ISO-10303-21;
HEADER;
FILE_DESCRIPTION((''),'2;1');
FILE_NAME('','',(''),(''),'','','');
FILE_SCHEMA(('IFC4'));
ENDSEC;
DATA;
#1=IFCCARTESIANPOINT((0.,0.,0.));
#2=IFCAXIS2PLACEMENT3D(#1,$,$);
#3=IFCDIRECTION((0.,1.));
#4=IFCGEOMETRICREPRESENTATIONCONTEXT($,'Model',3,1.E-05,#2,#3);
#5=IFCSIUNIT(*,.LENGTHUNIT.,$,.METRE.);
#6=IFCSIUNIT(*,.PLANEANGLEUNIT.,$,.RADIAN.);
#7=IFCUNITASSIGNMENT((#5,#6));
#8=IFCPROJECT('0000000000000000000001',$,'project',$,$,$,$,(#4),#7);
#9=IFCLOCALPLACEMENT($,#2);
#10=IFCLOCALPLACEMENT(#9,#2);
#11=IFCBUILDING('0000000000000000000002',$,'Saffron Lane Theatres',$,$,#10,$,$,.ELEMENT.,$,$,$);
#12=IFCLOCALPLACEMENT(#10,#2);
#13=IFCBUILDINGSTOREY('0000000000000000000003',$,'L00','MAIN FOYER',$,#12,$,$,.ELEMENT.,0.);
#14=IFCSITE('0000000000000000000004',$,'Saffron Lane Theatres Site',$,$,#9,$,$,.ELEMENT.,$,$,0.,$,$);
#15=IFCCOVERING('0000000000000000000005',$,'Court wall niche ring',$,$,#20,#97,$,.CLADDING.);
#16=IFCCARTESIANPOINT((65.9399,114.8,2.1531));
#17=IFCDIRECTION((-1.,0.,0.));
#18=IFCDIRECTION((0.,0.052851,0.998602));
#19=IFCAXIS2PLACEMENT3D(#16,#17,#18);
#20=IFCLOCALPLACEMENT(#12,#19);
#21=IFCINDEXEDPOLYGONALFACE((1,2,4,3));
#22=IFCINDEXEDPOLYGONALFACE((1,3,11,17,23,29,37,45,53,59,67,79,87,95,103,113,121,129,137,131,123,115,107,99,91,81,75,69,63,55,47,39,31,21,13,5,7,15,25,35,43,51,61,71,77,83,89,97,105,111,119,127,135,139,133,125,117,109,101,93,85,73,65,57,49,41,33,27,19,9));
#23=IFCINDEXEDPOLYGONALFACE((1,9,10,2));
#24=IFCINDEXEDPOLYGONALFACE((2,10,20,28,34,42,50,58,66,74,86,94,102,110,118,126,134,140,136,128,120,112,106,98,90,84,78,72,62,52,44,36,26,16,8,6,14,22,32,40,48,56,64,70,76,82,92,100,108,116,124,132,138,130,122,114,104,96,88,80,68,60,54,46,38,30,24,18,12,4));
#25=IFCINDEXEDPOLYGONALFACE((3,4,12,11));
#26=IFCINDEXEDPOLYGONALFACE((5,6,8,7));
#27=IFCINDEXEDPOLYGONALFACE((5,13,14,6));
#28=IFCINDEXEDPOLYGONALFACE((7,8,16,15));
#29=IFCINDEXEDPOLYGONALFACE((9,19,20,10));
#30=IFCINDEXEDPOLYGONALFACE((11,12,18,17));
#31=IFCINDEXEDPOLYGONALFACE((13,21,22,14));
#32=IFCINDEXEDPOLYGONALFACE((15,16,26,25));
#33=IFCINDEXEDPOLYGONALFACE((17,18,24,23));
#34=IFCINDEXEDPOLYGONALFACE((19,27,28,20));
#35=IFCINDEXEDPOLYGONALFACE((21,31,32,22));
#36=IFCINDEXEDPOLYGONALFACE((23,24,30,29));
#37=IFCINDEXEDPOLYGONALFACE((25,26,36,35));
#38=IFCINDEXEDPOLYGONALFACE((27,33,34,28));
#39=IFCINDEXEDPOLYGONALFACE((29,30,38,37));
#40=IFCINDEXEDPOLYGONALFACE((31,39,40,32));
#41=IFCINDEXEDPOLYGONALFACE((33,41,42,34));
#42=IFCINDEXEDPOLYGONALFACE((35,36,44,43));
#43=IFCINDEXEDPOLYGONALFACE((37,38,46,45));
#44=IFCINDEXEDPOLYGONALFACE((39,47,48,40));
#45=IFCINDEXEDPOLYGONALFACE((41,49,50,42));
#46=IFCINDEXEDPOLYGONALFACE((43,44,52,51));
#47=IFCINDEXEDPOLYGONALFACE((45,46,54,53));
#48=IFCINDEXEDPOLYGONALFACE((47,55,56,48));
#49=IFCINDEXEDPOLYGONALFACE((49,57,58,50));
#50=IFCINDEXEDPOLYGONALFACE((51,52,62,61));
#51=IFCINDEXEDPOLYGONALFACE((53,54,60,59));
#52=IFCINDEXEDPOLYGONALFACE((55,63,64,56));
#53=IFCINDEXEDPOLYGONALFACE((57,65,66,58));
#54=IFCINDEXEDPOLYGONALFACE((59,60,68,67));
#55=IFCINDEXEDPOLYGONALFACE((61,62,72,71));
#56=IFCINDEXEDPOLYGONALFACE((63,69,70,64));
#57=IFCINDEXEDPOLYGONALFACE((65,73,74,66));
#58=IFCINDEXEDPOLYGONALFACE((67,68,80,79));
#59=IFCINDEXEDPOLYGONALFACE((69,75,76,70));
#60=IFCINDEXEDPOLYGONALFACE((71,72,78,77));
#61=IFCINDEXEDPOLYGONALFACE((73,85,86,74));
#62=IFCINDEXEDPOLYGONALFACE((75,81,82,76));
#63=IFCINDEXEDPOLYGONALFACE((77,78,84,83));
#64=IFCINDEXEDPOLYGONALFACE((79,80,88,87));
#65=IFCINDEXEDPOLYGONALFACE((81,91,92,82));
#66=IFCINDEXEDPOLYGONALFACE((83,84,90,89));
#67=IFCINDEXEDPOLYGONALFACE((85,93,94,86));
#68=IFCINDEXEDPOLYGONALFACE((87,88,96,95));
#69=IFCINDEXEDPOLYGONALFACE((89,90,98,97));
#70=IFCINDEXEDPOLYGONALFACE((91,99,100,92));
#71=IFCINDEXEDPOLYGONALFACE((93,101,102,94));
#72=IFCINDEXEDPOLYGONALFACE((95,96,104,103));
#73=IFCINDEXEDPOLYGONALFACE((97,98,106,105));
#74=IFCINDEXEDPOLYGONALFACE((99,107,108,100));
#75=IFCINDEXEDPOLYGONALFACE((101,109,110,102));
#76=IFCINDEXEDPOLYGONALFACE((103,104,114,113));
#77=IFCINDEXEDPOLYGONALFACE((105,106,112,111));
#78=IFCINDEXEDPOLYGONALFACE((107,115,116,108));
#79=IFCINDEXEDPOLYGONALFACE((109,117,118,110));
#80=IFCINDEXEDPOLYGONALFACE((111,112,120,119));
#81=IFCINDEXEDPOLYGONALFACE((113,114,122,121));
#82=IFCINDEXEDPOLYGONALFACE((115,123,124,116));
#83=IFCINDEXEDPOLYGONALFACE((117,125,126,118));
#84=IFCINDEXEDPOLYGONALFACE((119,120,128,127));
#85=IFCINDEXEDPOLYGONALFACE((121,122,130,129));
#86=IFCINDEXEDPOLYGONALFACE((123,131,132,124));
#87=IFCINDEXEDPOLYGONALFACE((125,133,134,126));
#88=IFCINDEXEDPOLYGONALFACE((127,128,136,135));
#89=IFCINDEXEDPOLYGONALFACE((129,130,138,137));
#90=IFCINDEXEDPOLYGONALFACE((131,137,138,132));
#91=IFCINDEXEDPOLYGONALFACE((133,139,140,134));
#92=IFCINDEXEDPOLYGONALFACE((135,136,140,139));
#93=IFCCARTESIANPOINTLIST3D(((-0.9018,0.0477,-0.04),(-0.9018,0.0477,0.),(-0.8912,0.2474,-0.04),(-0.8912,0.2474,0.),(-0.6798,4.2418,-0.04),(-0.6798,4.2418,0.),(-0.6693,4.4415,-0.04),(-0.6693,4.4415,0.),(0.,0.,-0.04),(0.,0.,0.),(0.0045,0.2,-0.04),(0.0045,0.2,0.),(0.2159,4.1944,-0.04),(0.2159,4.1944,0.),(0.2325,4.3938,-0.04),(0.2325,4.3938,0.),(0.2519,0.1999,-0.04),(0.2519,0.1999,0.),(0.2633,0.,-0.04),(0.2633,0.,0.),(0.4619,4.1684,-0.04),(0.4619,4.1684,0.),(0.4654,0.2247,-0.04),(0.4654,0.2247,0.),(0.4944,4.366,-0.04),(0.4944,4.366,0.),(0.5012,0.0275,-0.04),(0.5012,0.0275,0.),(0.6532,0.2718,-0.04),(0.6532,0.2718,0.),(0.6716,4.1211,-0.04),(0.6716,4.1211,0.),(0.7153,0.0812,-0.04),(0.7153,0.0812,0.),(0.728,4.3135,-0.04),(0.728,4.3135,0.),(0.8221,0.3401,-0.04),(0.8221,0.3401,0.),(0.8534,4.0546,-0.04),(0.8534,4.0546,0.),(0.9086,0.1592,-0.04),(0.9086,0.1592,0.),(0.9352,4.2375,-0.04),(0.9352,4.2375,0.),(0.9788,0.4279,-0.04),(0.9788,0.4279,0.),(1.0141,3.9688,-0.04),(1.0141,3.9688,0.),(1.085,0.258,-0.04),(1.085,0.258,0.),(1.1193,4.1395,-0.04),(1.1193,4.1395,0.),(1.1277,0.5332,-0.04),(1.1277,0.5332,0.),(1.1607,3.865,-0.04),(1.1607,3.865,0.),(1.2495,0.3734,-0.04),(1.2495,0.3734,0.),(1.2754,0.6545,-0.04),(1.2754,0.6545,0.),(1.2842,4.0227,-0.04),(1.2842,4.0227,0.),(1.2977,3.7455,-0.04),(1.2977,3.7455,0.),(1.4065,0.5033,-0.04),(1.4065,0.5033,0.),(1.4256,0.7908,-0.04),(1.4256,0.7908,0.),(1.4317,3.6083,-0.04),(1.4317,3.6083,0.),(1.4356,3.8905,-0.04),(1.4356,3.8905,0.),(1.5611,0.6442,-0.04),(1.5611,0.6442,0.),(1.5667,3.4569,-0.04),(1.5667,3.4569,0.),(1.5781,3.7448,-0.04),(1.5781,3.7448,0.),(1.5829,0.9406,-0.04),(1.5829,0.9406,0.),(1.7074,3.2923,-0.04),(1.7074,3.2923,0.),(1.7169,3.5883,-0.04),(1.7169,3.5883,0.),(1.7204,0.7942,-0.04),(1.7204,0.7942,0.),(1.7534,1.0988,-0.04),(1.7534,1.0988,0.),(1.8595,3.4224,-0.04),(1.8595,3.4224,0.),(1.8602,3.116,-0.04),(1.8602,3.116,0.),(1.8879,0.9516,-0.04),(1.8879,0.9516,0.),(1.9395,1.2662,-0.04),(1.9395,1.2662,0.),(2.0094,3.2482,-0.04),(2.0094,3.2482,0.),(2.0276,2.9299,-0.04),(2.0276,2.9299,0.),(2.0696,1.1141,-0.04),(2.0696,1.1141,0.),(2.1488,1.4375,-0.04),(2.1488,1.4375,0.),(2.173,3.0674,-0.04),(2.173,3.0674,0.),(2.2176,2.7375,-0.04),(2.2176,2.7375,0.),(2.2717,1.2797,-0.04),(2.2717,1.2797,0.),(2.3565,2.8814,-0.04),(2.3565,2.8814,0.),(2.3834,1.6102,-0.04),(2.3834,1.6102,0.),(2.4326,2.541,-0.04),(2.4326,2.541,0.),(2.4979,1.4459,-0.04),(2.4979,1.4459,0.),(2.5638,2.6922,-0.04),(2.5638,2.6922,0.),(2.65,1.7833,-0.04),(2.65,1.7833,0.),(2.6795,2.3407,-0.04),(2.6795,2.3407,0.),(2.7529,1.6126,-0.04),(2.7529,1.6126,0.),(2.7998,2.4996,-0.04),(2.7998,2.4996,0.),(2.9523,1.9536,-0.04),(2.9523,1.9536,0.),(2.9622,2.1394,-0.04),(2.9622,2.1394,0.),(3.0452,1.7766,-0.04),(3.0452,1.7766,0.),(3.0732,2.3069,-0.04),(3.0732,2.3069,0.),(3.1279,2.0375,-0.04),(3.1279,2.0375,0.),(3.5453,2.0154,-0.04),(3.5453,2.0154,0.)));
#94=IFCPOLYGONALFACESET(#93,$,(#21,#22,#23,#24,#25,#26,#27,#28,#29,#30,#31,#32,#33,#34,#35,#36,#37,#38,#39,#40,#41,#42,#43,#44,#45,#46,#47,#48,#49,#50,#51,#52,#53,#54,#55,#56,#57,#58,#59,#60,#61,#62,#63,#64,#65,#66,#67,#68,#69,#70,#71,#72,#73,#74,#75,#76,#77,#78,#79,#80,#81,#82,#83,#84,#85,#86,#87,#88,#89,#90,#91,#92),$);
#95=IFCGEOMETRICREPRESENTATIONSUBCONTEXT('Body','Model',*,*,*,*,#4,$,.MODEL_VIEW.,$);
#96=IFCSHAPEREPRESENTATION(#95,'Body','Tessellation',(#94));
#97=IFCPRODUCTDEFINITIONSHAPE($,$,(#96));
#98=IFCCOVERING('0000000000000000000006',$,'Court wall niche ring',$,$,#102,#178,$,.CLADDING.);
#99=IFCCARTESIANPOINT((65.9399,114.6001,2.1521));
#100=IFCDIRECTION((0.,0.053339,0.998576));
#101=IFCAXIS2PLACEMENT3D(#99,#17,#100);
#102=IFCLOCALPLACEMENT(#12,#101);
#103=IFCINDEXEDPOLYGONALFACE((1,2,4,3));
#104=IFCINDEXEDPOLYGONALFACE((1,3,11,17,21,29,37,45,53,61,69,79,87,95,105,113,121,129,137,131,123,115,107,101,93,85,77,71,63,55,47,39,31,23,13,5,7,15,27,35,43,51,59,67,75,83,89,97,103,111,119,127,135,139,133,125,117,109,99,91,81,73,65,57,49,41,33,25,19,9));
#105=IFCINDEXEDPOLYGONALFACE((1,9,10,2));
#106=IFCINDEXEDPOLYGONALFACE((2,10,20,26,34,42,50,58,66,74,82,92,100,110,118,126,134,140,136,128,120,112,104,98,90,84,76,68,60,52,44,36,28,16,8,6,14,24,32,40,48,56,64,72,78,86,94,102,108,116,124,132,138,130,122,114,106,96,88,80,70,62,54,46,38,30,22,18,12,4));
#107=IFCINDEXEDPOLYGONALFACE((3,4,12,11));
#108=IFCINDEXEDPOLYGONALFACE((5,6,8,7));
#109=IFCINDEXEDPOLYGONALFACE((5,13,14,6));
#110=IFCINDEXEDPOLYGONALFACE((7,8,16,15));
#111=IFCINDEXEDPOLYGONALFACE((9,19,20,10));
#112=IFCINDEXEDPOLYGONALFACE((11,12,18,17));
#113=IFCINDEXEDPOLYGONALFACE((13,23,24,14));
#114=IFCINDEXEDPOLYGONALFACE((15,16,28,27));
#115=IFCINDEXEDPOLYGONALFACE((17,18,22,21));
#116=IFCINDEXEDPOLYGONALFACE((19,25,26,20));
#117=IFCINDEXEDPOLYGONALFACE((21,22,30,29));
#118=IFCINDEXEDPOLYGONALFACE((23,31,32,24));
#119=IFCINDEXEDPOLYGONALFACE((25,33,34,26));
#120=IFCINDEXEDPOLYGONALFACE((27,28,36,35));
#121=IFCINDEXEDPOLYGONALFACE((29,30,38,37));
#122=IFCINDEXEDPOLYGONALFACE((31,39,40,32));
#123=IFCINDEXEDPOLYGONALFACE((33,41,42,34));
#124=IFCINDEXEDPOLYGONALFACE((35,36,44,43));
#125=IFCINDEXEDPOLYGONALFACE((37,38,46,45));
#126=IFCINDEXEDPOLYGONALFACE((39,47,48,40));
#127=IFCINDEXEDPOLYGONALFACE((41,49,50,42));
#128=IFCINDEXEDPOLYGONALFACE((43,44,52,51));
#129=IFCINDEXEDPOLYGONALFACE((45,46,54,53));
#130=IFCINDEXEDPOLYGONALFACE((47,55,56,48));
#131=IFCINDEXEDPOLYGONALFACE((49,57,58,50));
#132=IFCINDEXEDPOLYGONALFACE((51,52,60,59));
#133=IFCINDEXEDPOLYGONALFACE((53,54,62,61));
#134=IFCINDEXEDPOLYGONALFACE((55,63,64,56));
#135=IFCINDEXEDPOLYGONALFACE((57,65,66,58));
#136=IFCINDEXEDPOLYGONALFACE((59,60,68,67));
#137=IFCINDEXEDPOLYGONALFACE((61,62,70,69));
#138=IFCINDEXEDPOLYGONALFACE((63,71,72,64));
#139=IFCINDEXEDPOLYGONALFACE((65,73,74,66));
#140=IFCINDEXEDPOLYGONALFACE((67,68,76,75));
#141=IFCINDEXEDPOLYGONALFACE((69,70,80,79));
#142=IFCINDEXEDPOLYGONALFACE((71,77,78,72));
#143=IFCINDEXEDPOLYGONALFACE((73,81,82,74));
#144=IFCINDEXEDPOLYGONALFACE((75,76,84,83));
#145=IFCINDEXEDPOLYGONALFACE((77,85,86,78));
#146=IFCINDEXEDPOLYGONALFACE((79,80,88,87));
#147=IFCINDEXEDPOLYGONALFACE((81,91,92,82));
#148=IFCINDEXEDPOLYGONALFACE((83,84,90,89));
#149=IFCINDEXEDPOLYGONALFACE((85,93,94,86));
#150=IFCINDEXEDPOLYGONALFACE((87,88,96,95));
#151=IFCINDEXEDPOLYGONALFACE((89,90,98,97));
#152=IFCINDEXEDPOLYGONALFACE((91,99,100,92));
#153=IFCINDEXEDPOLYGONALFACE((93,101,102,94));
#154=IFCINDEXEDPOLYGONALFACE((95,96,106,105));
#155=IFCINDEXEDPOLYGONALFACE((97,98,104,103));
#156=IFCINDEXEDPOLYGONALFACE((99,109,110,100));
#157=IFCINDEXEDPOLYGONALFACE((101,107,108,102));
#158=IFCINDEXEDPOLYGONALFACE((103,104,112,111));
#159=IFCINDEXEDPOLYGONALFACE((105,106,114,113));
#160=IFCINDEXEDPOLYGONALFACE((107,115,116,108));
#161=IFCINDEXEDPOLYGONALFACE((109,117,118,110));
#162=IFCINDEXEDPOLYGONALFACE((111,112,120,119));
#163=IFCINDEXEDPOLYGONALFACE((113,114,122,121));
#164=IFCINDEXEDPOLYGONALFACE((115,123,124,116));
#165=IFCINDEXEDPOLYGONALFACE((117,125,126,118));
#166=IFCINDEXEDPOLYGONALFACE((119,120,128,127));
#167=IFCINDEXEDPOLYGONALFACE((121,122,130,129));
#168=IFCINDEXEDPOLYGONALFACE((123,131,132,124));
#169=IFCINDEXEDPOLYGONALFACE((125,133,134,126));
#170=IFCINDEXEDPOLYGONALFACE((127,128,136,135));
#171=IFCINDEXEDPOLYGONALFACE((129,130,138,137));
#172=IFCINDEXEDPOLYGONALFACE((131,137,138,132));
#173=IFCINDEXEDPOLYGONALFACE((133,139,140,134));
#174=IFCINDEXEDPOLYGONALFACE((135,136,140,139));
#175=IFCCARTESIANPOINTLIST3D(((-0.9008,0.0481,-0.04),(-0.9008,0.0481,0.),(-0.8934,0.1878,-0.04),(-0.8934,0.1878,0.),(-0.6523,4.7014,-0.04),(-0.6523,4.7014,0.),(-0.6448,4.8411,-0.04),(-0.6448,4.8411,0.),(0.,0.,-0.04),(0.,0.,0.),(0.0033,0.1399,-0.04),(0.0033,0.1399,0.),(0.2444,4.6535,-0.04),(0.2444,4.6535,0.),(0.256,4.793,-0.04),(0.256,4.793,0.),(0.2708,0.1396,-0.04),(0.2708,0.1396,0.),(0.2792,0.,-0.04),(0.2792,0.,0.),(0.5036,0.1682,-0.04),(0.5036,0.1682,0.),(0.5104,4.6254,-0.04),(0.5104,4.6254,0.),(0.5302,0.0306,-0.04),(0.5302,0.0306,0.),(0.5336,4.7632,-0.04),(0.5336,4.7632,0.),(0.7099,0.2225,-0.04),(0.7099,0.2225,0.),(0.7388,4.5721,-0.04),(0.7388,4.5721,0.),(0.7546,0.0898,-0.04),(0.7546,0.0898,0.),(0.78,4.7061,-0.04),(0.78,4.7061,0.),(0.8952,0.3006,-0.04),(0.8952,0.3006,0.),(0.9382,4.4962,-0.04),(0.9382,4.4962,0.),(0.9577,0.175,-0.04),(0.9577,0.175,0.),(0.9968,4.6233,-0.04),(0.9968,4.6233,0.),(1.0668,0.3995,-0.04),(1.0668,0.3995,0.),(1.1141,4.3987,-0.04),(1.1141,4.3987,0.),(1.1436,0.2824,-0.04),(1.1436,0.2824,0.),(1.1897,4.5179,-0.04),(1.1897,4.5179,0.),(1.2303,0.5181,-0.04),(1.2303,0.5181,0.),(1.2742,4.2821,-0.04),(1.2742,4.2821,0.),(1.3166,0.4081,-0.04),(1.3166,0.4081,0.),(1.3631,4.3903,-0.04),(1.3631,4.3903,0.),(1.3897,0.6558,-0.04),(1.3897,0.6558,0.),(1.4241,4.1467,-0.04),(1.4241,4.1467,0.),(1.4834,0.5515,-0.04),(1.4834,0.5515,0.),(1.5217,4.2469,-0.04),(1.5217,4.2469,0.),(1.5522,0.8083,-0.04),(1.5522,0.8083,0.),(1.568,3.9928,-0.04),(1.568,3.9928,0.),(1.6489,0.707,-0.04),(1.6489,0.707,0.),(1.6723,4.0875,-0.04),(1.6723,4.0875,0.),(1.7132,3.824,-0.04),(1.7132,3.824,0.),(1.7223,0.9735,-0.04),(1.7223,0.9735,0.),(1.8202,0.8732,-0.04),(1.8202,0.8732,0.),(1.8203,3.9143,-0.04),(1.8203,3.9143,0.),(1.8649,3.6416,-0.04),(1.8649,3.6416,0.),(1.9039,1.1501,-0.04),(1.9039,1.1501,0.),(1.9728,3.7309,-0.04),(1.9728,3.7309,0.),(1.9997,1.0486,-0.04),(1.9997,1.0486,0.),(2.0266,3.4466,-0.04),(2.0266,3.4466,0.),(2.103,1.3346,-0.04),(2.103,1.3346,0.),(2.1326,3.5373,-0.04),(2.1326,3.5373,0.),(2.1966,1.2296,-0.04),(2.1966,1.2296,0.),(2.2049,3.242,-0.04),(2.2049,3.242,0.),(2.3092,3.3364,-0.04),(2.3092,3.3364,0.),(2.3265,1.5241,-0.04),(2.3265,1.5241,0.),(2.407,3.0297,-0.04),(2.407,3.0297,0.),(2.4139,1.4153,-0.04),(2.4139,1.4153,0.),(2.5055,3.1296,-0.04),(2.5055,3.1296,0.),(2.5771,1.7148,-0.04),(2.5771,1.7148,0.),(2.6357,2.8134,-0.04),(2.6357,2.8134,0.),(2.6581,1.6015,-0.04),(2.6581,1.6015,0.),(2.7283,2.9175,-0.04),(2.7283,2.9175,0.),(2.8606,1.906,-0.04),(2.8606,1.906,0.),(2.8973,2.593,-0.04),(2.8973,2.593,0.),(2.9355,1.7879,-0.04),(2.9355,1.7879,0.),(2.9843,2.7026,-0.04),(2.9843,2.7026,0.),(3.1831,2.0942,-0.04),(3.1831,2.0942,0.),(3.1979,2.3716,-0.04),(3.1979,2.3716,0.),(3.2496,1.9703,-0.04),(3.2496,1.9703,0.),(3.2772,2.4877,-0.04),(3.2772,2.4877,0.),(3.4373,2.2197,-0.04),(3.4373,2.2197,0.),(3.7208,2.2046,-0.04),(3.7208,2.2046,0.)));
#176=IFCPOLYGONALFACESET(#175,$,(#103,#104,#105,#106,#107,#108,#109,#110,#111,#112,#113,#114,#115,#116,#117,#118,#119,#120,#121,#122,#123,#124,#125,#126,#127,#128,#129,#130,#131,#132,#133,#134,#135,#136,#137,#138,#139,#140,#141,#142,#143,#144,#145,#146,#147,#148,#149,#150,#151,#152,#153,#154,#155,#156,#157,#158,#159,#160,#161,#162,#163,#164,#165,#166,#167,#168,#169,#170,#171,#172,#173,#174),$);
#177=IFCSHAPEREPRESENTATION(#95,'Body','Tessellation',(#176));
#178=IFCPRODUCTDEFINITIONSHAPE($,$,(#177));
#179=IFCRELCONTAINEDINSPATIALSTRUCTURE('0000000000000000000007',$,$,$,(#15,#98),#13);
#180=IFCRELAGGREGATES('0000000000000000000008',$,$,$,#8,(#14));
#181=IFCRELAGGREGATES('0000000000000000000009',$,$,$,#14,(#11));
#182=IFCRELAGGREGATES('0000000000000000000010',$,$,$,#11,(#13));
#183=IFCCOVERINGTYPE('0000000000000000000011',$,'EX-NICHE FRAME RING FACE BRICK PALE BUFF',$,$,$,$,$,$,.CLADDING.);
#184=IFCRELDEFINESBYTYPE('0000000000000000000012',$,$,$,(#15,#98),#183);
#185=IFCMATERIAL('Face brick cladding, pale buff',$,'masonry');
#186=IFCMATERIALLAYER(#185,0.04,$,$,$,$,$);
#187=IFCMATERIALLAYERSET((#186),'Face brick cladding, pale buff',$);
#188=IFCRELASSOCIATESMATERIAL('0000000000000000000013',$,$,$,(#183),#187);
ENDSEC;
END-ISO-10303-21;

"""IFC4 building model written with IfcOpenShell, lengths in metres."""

from ifc_helpers import new_model, si_unit, direction, frame, origin, place, context, subcontext, project, spatial, polyline, outline, extrude, material, layer, layer_set, type_object, element, save


model = new_model("IFC4")

# Units and contexts
model_context = context("Model", 3, precision=1e-05, world=origin(), true_north=direction((0.0, 1.0)))
body_context = subcontext(model_context, "Body", "Model", "MODEL_VIEW")
ifc_project = project(units=[si_unit("LENGTHUNIT", "METRE"), si_unit("PLANEANGLEUNIT", "RADIAN")], contexts=[model_context])

# Site, building, storey
site_placement = place(None, origin())
site = spatial("IfcSite", under=ifc_project, at=site_placement, Name="Saffron Lane Theatres Site", CompositionType="ELEMENT", RefElevation=0.0)
building_placement = place(site_placement, origin())
building = spatial("IfcBuilding", under=site, at=building_placement, Name="Saffron Lane Theatres", CompositionType="ELEMENT")
storey_placement = place(building_placement, origin())
storey = spatial("IfcBuildingStorey", under=building, at=storey_placement, Name="L00", Description="MAIN FOYER", CompositionType="ELEMENT", Elevation=0.0)

# Coverings
ifc_material_1 = material(Name="Face brick cladding, pale buff", Category="masonry")
ifc_layer_1 = layer(ifc_material_1, 0.04)
ifc_layer_set_1 = layer_set([ifc_layer_1], Name="Face brick cladding, pale buff")
covering_type_1 = type_object("IfcCoveringType", Name="EX-NICHE FRAME RING FACE BRICK PALE BUFF", PredefinedType="CLADDING", material=ifc_layer_set_1)
covering_1_placement = place(storey_placement, frame((65.9399, 114.8, 2.1531), z_axis=(-1.0, 0.0, 0.0), x_axis=(0.0, 0.052851, 0.998602)))
element("IfcCovering", 1, at=covering_1_placement, inside=storey, type_object=covering_type_1, Name="Court wall niche ring", PredefinedType="CLADDING", context=body_context, shape_type="SweptSolid", body=[
    extrude(outline(polyline([(0.0, 0.0), (0.2633, 0.0), (0.5012, 0.0275), (0.7153, 0.0812), (0.9086, 0.1592), (1.085, 0.258), (1.2495, 0.3734), (1.4065, 0.5033), (1.5611, 0.6442), (1.7204, 0.7942), (1.8879, 0.9516), (2.0696, 1.1141), (2.2717, 1.2797), (2.4979, 1.4459), (2.7529, 1.6126), (3.0452, 1.7766), (3.5453, 2.0154), (3.0732, 2.3069), (2.7998, 2.4996), (2.5638, 2.6922), (2.3565, 2.8814), (2.173, 3.0674), (2.0094, 3.2482), (1.8595, 3.4224), (1.7169, 3.5883), (1.5781, 3.7448), (1.4356, 3.8905), (1.2842, 4.0227), (1.1193, 4.1395), (0.9352, 4.2375), (0.728, 4.3135), (0.4944, 4.366), (0.2325, 4.3938), (-0.6693, 4.4415), (-0.6798, 4.2418), (0.2159, 4.1944), (0.4619, 4.1684), (0.6716, 4.1211), (0.8534, 4.0546), (1.0141, 3.9688), (1.1607, 3.865), (1.2977, 3.7455), (1.4317, 3.6083), (1.5667, 3.4569), (1.7074, 3.2923), (1.8602, 3.116), (2.0276, 2.9299), (2.2176, 2.7375), (2.4326, 2.541), (2.6795, 2.3407), (2.9622, 2.1394), (3.1279, 2.0375), (2.9523, 1.9536), (2.65, 1.7833), (2.3834, 1.6102), (2.1488, 1.4375), (1.9395, 1.2662), (1.7534, 1.0988), (1.5829, 0.9406), (1.4256, 0.7908), (1.2754, 0.6545), (1.1277, 0.5332), (0.9788, 0.4279), (0.8221, 0.3401), (0.6532, 0.2718), (0.4654, 0.2247), (0.2519, 0.1999), (0.0045, 0.2), (-0.8912, 0.2474), (-0.9018, 0.0477), (0.0, 0.0)])), origin(), (0.0, 0.0, -1.0), 0.04),
])
covering_2_placement = place(storey_placement, frame((65.9399, 114.6001, 2.1521), z_axis=(-1.0, 0.0, 0.0), x_axis=(0.0, 0.053339, 0.998576)))
element("IfcCovering", 2, at=covering_2_placement, inside=storey, type_object=covering_type_1, Name="Court wall niche ring", PredefinedType="CLADDING", context=body_context, shape_type="SweptSolid", body=[
    extrude(outline(polyline([(0.0, 0.0), (0.2792, 0.0), (0.5302, 0.0306), (0.7546, 0.0898), (0.9577, 0.175), (1.1436, 0.2824), (1.3166, 0.4081), (1.4834, 0.5515), (1.6489, 0.707), (1.8202, 0.8732), (1.9997, 1.0486), (2.1966, 1.2296), (2.4139, 1.4153), (2.6581, 1.6015), (2.9355, 1.7879), (3.2496, 1.9703), (3.7208, 2.2046), (3.2772, 2.4877), (2.9843, 2.7026), (2.7283, 2.9175), (2.5055, 3.1296), (2.3092, 3.3364), (2.1326, 3.5373), (1.9728, 3.7309), (1.8203, 3.9143), (1.6723, 4.0875), (1.5217, 4.2469), (1.3631, 4.3903), (1.1897, 4.5179), (0.9968, 4.6233), (0.78, 4.7061), (0.5336, 4.7632), (0.256, 4.793), (-0.6448, 4.8411), (-0.6523, 4.7014), (0.2444, 4.6535), (0.5104, 4.6254), (0.7388, 4.5721), (0.9382, 4.4962), (1.1141, 4.3987), (1.2742, 4.2821), (1.4241, 4.1467), (1.568, 3.9928), (1.7132, 3.824), (1.8649, 3.6416), (2.0266, 3.4466), (2.2049, 3.242), (2.407, 3.0297), (2.6357, 2.8134), (2.8973, 2.593), (3.1979, 2.3716), (3.4373, 2.2197), (3.1831, 2.0942), (2.8606, 1.906), (2.5771, 1.7148), (2.3265, 1.5241), (2.103, 1.3346), (1.9039, 1.1501), (1.7223, 0.9735), (1.5522, 0.8083), (1.3897, 0.6558), (1.2303, 0.5181), (1.0668, 0.3995), (0.8952, 0.3006), (0.7099, 0.2225), (0.5036, 0.1682), (0.2708, 0.1396), (0.0033, 0.1399), (-0.8934, 0.1878), (-0.9008, 0.0481), (0.0, 0.0)])), origin(), (0.0, 0.0, -1.0), 0.04),
])

save(model, "model.ifc")
